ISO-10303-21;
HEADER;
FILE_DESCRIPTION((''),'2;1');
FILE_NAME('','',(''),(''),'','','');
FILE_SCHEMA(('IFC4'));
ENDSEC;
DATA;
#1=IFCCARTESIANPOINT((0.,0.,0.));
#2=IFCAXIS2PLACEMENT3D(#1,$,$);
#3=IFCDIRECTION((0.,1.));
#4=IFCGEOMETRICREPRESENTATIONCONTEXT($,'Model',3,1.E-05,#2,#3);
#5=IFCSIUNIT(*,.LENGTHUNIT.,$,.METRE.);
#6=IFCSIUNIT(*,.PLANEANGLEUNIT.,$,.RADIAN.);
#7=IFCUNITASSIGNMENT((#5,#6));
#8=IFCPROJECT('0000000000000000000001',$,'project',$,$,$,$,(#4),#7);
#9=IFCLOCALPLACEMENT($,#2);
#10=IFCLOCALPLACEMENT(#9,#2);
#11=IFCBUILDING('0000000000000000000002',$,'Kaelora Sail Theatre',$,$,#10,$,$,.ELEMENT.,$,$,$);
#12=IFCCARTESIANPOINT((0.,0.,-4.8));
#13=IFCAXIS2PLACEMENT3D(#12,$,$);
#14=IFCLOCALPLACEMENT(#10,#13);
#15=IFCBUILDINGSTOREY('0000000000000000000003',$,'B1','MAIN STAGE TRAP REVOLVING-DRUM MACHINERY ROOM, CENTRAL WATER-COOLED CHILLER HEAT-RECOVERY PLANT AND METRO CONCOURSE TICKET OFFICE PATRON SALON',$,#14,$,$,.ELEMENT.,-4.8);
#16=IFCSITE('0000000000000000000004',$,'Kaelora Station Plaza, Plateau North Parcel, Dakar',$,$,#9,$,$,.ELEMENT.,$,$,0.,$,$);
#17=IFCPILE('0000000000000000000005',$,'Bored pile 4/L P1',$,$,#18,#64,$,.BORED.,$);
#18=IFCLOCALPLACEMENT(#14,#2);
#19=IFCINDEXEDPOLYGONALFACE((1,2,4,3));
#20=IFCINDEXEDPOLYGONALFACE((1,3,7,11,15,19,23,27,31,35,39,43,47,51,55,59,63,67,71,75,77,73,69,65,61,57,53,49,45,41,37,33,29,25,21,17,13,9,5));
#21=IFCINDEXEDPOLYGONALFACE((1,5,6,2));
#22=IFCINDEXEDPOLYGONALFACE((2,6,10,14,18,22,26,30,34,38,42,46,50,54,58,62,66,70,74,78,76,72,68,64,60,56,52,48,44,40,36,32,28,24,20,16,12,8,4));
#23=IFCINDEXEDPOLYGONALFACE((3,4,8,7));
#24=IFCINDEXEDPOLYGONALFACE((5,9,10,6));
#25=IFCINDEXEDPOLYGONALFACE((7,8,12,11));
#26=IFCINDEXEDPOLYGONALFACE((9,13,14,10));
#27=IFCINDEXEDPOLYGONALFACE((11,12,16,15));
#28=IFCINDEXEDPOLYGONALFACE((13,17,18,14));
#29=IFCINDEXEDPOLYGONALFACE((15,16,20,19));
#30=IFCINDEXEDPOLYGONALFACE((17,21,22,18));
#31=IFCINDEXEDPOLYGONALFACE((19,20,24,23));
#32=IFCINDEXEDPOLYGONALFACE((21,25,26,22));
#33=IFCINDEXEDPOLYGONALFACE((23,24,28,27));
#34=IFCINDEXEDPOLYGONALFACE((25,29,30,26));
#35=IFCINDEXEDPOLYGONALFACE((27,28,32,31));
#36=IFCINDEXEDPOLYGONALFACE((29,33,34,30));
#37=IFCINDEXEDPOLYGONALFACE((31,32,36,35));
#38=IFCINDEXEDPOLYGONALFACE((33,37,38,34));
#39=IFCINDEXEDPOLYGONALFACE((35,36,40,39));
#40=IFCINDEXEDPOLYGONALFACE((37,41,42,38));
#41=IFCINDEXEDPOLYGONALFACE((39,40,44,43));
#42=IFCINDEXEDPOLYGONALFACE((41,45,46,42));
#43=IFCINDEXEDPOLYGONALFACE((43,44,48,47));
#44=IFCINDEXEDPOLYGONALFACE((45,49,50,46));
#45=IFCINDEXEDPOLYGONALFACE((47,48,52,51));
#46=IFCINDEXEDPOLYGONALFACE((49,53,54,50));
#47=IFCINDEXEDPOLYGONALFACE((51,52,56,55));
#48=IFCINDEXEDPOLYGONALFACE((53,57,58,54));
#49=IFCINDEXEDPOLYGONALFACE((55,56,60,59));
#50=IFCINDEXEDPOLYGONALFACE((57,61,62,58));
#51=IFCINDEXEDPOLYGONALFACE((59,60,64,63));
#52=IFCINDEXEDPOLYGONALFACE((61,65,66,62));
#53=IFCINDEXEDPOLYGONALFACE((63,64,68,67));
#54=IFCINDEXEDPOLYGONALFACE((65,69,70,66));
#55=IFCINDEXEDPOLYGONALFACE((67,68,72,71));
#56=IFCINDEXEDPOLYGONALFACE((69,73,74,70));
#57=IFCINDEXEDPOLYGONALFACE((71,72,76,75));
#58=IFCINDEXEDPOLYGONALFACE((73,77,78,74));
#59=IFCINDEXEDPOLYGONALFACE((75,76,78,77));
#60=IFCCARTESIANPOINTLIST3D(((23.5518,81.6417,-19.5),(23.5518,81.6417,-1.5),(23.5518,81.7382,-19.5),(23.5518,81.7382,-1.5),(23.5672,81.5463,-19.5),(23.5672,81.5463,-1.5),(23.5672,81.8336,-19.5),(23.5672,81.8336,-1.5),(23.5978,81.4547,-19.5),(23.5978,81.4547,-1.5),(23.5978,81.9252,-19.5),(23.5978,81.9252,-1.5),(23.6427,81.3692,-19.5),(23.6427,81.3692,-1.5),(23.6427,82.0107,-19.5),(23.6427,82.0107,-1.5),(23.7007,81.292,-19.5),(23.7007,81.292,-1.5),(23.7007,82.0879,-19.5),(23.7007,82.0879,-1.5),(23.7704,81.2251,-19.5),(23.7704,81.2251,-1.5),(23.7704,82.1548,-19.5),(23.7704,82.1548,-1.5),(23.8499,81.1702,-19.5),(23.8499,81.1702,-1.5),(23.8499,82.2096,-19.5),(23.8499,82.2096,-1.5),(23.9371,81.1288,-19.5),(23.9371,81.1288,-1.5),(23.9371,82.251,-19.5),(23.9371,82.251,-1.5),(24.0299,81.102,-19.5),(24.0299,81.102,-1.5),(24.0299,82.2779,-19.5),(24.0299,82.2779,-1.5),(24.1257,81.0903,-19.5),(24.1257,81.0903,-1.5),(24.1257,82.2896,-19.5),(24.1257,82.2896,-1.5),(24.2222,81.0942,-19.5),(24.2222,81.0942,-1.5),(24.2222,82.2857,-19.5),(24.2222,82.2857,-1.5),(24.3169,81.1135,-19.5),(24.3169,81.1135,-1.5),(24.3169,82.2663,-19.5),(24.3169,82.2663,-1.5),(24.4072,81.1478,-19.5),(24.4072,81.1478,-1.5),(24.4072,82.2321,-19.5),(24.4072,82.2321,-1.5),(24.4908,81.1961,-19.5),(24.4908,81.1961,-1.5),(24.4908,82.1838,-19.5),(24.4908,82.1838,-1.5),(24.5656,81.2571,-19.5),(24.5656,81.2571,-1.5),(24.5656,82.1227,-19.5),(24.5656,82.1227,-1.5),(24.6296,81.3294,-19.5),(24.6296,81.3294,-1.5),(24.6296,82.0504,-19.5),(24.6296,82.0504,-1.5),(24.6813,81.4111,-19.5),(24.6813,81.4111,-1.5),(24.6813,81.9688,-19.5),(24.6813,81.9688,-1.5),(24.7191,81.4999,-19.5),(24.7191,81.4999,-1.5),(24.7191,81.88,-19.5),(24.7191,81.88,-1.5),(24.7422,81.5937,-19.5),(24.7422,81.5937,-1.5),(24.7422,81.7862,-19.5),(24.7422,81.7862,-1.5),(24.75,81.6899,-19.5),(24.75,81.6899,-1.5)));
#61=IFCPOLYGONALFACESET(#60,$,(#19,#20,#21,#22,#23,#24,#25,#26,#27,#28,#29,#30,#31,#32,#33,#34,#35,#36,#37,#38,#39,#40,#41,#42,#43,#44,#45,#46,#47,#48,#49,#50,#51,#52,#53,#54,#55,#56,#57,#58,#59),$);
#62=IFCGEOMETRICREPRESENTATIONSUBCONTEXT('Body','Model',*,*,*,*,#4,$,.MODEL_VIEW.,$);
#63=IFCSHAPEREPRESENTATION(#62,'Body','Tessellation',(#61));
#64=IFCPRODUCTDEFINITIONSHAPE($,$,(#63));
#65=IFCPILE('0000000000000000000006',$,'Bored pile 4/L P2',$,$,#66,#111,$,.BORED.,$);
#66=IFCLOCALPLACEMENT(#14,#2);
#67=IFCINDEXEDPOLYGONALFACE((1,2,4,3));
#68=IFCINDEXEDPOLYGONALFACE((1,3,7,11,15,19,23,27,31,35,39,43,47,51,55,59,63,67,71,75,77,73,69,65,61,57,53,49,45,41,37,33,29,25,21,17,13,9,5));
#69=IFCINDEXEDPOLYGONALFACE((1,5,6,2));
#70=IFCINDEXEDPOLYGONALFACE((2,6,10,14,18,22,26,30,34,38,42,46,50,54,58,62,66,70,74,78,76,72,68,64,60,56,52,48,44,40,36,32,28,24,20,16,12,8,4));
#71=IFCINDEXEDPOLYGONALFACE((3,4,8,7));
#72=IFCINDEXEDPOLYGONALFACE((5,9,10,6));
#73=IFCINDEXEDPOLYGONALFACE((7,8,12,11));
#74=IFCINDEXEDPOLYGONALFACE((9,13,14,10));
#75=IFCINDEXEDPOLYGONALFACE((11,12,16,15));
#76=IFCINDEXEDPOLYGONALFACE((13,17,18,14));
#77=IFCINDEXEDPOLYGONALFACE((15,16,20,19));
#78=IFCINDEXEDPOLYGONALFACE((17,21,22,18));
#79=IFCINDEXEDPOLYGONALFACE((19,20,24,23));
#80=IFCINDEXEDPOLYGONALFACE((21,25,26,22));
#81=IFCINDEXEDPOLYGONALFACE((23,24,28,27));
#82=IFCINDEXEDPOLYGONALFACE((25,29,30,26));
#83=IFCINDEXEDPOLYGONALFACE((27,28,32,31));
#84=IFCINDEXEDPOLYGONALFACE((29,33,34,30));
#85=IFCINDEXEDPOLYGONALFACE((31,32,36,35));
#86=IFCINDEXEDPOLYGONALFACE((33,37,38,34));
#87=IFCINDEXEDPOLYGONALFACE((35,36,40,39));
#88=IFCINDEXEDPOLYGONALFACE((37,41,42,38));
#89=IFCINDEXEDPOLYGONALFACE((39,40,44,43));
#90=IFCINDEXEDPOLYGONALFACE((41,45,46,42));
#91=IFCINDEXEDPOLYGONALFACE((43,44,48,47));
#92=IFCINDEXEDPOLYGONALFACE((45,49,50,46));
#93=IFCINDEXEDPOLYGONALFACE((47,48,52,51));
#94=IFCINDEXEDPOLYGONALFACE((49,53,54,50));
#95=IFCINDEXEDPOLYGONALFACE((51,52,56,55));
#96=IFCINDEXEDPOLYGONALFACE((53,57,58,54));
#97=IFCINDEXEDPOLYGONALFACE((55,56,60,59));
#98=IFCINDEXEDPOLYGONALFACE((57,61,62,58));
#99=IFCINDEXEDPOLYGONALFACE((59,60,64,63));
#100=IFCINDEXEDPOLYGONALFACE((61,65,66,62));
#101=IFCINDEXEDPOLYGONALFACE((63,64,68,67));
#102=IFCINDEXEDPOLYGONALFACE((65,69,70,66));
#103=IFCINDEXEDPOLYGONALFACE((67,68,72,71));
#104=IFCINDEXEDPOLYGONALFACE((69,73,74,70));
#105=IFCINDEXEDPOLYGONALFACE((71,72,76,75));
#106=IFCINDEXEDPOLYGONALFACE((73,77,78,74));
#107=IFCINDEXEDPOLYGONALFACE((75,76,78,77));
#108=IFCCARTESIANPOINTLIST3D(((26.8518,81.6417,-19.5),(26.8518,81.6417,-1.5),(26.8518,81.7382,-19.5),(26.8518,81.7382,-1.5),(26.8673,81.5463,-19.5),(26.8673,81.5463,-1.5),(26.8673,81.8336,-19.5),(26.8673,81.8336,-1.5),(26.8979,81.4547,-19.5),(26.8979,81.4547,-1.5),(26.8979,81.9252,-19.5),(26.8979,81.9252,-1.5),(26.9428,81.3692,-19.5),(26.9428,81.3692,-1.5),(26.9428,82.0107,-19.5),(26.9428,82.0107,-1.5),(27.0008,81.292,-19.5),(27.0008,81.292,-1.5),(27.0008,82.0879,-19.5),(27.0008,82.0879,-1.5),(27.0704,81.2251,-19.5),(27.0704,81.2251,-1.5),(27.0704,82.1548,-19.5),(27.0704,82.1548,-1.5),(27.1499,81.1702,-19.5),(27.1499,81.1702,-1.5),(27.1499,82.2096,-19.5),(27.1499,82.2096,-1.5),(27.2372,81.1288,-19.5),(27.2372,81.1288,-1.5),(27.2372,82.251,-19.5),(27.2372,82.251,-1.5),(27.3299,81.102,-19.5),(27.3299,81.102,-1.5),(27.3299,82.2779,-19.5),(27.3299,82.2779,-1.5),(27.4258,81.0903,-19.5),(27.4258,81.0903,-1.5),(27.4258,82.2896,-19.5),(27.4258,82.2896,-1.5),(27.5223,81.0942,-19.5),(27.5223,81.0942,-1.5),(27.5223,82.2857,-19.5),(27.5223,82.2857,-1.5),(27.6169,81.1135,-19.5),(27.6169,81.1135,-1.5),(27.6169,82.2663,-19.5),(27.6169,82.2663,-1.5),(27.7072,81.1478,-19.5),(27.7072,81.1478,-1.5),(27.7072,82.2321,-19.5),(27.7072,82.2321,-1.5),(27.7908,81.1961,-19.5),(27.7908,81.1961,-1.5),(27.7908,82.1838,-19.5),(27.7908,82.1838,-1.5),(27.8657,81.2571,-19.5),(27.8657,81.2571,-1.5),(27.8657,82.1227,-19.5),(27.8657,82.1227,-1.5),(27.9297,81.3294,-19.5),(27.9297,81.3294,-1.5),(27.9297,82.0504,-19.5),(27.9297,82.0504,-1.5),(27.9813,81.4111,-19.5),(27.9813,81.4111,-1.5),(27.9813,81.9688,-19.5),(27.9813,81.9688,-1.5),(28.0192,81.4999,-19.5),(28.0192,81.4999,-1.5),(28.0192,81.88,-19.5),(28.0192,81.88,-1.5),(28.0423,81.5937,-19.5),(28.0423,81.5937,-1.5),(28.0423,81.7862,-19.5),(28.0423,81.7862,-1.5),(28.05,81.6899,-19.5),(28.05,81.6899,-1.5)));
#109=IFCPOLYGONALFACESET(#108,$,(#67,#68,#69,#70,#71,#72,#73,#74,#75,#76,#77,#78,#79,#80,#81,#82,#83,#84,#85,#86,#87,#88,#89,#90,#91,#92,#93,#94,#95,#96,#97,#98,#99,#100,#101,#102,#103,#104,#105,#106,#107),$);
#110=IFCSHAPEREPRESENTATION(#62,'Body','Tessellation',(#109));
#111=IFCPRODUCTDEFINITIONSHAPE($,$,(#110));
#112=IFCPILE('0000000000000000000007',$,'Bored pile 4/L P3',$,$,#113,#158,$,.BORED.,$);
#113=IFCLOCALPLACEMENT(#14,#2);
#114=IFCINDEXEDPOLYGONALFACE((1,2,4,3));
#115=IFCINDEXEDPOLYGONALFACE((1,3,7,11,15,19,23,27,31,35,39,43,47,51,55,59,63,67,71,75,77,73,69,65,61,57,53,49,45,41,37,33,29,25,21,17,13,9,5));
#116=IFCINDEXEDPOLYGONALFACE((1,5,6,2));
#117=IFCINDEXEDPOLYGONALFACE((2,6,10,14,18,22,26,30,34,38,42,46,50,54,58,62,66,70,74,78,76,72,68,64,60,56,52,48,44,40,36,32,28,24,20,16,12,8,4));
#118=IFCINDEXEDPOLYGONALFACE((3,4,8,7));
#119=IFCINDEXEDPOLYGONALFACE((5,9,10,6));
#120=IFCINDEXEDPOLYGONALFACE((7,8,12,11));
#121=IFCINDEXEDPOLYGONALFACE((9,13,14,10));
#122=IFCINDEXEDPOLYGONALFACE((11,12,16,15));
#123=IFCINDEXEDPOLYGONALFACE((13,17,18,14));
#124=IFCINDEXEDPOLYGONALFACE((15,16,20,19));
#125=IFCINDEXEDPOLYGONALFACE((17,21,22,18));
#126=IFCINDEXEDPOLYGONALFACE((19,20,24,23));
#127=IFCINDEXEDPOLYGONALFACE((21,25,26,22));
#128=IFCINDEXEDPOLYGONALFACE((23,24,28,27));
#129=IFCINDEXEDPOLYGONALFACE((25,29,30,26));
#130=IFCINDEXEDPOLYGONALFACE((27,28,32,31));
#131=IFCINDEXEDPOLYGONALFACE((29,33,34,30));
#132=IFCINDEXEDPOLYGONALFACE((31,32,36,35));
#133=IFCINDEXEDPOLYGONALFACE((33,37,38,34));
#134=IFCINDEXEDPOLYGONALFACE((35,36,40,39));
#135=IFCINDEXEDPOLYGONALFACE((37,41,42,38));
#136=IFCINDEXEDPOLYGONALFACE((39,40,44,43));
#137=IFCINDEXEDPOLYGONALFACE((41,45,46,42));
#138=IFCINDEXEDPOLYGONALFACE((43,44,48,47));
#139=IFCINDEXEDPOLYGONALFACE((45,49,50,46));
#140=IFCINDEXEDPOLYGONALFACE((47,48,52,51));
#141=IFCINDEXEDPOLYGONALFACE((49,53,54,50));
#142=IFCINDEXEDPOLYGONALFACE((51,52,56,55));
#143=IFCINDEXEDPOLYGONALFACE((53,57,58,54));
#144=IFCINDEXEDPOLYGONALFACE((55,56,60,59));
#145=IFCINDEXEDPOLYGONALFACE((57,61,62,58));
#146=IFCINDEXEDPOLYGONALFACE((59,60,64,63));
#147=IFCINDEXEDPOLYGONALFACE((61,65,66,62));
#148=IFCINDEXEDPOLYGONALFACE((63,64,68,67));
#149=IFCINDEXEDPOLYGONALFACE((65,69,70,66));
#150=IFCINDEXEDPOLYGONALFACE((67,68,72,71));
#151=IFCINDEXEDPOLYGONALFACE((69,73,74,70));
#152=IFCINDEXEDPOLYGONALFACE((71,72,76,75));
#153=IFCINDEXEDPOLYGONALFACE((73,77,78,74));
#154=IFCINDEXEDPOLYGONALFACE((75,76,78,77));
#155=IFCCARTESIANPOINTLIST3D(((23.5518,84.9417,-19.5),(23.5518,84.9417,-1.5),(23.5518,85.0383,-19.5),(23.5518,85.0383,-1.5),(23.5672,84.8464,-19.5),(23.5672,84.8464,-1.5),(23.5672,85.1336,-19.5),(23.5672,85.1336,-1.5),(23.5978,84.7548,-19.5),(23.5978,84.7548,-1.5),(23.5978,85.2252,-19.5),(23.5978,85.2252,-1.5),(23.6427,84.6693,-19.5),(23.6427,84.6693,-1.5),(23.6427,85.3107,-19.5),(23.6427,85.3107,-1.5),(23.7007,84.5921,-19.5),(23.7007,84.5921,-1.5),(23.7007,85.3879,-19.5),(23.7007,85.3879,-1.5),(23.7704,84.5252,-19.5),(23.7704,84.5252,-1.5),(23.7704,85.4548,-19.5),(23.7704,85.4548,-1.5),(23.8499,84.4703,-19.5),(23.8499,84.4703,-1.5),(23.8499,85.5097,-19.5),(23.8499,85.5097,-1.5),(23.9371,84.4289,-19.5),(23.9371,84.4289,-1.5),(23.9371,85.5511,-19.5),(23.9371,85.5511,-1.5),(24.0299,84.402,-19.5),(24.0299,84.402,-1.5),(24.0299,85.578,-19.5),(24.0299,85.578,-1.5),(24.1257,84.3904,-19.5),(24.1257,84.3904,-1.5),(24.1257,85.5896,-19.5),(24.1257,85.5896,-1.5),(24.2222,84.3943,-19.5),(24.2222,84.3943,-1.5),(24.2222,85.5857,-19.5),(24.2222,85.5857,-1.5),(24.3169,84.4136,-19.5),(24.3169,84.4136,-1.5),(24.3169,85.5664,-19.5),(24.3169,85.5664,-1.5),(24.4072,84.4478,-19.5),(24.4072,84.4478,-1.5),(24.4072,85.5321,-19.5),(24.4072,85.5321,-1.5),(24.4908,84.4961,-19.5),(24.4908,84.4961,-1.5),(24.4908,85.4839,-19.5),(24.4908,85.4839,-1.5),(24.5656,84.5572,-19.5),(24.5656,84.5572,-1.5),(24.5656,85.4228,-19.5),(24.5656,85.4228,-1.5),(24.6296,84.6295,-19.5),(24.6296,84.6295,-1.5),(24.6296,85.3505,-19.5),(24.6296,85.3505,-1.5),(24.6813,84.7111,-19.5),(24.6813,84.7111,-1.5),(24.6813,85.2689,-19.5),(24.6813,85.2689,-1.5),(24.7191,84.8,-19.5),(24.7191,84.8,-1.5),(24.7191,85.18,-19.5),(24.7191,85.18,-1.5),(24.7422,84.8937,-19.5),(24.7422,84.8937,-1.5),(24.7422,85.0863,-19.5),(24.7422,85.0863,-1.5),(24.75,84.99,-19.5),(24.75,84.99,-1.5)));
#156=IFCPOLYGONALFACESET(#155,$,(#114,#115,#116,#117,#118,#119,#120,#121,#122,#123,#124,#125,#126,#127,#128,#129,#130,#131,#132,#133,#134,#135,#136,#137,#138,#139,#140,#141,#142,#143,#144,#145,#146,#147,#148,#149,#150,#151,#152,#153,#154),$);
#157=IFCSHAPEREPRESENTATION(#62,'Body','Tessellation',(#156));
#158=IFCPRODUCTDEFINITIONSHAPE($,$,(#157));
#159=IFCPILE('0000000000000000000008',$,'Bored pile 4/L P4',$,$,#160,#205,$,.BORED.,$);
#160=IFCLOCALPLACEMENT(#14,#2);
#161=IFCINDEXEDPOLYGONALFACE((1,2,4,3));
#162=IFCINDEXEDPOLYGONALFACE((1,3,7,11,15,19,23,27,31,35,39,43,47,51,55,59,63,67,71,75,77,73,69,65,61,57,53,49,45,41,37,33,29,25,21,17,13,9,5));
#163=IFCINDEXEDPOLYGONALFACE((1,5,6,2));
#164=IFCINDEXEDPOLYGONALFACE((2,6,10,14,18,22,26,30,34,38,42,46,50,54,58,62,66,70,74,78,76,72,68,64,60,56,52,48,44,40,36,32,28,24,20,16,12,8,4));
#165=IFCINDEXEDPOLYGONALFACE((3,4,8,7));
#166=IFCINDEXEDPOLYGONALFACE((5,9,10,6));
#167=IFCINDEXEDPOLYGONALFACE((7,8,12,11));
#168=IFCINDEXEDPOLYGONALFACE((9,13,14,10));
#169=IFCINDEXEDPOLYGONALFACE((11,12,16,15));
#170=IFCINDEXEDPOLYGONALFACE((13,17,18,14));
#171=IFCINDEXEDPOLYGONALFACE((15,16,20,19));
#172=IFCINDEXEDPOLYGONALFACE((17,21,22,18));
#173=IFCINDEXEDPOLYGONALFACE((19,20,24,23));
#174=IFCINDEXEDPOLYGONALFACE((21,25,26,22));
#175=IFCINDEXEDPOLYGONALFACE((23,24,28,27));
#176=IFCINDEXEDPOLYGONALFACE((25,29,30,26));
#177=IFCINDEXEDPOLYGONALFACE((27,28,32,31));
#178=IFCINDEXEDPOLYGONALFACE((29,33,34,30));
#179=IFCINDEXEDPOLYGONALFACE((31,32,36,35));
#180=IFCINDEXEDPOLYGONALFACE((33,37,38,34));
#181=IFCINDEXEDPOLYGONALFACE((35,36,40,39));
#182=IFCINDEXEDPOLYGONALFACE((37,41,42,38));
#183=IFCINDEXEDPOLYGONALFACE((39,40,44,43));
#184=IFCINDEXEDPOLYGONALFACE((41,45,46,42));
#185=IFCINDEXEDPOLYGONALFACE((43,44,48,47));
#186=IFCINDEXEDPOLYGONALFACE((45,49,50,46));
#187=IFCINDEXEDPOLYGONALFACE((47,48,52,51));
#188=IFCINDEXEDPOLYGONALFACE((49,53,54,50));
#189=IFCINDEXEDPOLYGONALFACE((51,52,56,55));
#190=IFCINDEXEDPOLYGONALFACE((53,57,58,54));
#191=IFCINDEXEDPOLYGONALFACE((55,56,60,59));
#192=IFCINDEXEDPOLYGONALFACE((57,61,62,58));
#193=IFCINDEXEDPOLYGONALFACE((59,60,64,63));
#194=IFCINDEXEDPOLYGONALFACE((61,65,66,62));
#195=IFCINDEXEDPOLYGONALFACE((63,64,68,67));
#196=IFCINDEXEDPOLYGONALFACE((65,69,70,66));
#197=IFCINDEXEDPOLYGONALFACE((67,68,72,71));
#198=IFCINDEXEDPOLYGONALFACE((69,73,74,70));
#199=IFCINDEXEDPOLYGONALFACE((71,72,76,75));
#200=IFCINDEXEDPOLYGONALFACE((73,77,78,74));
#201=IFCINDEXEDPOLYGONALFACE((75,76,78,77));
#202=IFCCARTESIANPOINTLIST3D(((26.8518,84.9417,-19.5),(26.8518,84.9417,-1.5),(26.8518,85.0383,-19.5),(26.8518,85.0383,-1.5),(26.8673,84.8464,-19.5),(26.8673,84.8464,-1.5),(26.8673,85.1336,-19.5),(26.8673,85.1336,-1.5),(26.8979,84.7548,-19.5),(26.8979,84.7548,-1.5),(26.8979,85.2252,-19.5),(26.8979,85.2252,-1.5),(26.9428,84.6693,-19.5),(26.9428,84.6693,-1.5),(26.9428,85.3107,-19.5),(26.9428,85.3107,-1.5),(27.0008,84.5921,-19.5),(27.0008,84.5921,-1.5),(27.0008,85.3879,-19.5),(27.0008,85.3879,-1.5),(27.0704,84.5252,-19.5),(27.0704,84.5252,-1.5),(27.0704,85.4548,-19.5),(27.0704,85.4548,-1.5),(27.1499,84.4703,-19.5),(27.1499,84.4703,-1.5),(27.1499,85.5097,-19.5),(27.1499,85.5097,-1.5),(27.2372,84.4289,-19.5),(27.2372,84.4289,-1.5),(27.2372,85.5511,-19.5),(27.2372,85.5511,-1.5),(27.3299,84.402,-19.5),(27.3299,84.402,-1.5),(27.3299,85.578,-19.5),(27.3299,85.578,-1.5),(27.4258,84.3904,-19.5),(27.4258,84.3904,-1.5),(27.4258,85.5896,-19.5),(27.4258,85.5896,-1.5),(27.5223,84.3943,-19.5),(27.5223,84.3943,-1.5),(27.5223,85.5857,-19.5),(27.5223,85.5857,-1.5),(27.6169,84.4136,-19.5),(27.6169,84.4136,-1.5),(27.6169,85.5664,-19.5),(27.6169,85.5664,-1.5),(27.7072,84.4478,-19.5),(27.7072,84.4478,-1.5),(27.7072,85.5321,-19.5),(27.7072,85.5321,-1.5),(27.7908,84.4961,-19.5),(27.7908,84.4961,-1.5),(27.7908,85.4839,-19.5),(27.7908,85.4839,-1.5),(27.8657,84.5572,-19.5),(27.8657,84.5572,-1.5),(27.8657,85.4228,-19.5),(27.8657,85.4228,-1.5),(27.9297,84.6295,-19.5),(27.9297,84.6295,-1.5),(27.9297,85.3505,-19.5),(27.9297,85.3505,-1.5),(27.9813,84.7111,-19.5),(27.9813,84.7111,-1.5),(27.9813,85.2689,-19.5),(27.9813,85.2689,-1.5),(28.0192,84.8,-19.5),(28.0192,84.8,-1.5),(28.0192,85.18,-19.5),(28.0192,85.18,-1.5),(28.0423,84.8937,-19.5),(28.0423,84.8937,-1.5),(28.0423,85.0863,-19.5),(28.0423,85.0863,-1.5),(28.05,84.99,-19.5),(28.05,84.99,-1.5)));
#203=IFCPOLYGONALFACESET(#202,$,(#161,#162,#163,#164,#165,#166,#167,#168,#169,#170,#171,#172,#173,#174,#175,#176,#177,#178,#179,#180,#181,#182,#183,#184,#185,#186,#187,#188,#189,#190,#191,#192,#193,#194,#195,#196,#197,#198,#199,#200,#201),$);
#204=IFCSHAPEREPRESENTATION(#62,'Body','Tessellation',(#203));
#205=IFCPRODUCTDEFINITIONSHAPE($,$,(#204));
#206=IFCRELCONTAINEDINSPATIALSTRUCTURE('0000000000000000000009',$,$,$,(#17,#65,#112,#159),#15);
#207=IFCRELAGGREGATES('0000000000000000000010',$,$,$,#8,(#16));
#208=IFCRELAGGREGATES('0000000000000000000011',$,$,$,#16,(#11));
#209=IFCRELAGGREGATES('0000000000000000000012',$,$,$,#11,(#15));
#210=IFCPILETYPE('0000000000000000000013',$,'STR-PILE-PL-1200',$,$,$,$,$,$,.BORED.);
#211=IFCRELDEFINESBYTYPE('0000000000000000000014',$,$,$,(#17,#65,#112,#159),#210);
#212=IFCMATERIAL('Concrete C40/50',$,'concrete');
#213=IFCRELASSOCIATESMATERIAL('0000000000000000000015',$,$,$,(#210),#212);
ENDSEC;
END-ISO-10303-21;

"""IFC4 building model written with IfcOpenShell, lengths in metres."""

from ifc_helpers import new_model, si_unit, direction, frame, origin, origin_2d, place, context, subcontext, project, spatial, circle, extrude, material, material_profile, profile_set, type_object, element, save


model = new_model("IFC4")

# Units and contexts
model_context = context("Model", 3, precision=1e-05, world=origin(), true_north=direction((0.0, 1.0)))
body_context = subcontext(model_context, "Body", "Model", "MODEL_VIEW")
ifc_project = project(units=[si_unit("LENGTHUNIT", "METRE"), si_unit("PLANEANGLEUNIT", "RADIAN")], contexts=[model_context])

# Site, building, storey
site_placement = place(None, origin())
site = spatial("IfcSite", under=ifc_project, at=site_placement, Name="Kaelora Station Plaza, Plateau North Parcel, Dakar", CompositionType="ELEMENT", RefElevation=0.0)
building_placement = place(site_placement, origin())
building = spatial("IfcBuilding", under=site, at=building_placement, Name="Kaelora Sail Theatre", CompositionType="ELEMENT")
storey_placement = place(building_placement, frame((0.0, 0.0, -4.8)))
storey = spatial("IfcBuildingStorey", under=building, at=storey_placement, Name="B1", Description="MAIN STAGE TRAP REVOLVING-DRUM MACHINERY ROOM, CENTRAL WATER-COOLED CHILLER HEAT-RECOVERY PLANT AND METRO CONCOURSE TICKET OFFICE PATRON SALON", CompositionType="ELEMENT", Elevation=-4.8)

# Piles
ifc_material_1 = material(Name="Concrete C40/50", Category="concrete")
ifc_material_profile_1 = material_profile(ifc_material_1, circle(Radius=0.6001, at=origin_2d()), Name="PILE D1200")
ifc_profile_set_1 = profile_set([ifc_material_profile_1], Name="Concrete C40/50")
pile_type_1 = type_object("IfcPileType", Name="STR-PILE-PL-1200", PredefinedType="BORED", material=ifc_profile_set_1)
for number, where, z_axis, x_axis, name in (
    (1, (24.1499, 81.6899, -1.5), (0.0, 0.0, -1.0), (1.0, 0.0, 0.0), "Bored pile 4/L P1"),
    (2, (27.45, 81.6899, -1.5), (0.0, 0.0, -1.0), (1.0, 0.0, 0.0), "Bored pile 4/L P2"),
    (3, (24.1499, 84.99, -1.5), (0.0, 0.0, -1.0), (1.0, 0.0, 0.0), "Bored pile 4/L P3"),
    (4, (27.45, 84.99, -1.5), (0.0, 0.0, -1.0), (1.0, 0.0, 0.0), "Bored pile 4/L P4"),
):
    element("IfcPile", number, at=place(storey_placement, frame(where, z_axis=z_axis, x_axis=x_axis)), inside=storey, type_object=pile_type_1, Name=name, PredefinedType="BORED", context=body_context, shape_type="SweptSolid", body=[
        extrude(circle(Radius=0.6001, at=origin_2d()), origin(), (0.0, 0.0, 1.0), 18.0),
    ])

save(model, "model.ifc")
